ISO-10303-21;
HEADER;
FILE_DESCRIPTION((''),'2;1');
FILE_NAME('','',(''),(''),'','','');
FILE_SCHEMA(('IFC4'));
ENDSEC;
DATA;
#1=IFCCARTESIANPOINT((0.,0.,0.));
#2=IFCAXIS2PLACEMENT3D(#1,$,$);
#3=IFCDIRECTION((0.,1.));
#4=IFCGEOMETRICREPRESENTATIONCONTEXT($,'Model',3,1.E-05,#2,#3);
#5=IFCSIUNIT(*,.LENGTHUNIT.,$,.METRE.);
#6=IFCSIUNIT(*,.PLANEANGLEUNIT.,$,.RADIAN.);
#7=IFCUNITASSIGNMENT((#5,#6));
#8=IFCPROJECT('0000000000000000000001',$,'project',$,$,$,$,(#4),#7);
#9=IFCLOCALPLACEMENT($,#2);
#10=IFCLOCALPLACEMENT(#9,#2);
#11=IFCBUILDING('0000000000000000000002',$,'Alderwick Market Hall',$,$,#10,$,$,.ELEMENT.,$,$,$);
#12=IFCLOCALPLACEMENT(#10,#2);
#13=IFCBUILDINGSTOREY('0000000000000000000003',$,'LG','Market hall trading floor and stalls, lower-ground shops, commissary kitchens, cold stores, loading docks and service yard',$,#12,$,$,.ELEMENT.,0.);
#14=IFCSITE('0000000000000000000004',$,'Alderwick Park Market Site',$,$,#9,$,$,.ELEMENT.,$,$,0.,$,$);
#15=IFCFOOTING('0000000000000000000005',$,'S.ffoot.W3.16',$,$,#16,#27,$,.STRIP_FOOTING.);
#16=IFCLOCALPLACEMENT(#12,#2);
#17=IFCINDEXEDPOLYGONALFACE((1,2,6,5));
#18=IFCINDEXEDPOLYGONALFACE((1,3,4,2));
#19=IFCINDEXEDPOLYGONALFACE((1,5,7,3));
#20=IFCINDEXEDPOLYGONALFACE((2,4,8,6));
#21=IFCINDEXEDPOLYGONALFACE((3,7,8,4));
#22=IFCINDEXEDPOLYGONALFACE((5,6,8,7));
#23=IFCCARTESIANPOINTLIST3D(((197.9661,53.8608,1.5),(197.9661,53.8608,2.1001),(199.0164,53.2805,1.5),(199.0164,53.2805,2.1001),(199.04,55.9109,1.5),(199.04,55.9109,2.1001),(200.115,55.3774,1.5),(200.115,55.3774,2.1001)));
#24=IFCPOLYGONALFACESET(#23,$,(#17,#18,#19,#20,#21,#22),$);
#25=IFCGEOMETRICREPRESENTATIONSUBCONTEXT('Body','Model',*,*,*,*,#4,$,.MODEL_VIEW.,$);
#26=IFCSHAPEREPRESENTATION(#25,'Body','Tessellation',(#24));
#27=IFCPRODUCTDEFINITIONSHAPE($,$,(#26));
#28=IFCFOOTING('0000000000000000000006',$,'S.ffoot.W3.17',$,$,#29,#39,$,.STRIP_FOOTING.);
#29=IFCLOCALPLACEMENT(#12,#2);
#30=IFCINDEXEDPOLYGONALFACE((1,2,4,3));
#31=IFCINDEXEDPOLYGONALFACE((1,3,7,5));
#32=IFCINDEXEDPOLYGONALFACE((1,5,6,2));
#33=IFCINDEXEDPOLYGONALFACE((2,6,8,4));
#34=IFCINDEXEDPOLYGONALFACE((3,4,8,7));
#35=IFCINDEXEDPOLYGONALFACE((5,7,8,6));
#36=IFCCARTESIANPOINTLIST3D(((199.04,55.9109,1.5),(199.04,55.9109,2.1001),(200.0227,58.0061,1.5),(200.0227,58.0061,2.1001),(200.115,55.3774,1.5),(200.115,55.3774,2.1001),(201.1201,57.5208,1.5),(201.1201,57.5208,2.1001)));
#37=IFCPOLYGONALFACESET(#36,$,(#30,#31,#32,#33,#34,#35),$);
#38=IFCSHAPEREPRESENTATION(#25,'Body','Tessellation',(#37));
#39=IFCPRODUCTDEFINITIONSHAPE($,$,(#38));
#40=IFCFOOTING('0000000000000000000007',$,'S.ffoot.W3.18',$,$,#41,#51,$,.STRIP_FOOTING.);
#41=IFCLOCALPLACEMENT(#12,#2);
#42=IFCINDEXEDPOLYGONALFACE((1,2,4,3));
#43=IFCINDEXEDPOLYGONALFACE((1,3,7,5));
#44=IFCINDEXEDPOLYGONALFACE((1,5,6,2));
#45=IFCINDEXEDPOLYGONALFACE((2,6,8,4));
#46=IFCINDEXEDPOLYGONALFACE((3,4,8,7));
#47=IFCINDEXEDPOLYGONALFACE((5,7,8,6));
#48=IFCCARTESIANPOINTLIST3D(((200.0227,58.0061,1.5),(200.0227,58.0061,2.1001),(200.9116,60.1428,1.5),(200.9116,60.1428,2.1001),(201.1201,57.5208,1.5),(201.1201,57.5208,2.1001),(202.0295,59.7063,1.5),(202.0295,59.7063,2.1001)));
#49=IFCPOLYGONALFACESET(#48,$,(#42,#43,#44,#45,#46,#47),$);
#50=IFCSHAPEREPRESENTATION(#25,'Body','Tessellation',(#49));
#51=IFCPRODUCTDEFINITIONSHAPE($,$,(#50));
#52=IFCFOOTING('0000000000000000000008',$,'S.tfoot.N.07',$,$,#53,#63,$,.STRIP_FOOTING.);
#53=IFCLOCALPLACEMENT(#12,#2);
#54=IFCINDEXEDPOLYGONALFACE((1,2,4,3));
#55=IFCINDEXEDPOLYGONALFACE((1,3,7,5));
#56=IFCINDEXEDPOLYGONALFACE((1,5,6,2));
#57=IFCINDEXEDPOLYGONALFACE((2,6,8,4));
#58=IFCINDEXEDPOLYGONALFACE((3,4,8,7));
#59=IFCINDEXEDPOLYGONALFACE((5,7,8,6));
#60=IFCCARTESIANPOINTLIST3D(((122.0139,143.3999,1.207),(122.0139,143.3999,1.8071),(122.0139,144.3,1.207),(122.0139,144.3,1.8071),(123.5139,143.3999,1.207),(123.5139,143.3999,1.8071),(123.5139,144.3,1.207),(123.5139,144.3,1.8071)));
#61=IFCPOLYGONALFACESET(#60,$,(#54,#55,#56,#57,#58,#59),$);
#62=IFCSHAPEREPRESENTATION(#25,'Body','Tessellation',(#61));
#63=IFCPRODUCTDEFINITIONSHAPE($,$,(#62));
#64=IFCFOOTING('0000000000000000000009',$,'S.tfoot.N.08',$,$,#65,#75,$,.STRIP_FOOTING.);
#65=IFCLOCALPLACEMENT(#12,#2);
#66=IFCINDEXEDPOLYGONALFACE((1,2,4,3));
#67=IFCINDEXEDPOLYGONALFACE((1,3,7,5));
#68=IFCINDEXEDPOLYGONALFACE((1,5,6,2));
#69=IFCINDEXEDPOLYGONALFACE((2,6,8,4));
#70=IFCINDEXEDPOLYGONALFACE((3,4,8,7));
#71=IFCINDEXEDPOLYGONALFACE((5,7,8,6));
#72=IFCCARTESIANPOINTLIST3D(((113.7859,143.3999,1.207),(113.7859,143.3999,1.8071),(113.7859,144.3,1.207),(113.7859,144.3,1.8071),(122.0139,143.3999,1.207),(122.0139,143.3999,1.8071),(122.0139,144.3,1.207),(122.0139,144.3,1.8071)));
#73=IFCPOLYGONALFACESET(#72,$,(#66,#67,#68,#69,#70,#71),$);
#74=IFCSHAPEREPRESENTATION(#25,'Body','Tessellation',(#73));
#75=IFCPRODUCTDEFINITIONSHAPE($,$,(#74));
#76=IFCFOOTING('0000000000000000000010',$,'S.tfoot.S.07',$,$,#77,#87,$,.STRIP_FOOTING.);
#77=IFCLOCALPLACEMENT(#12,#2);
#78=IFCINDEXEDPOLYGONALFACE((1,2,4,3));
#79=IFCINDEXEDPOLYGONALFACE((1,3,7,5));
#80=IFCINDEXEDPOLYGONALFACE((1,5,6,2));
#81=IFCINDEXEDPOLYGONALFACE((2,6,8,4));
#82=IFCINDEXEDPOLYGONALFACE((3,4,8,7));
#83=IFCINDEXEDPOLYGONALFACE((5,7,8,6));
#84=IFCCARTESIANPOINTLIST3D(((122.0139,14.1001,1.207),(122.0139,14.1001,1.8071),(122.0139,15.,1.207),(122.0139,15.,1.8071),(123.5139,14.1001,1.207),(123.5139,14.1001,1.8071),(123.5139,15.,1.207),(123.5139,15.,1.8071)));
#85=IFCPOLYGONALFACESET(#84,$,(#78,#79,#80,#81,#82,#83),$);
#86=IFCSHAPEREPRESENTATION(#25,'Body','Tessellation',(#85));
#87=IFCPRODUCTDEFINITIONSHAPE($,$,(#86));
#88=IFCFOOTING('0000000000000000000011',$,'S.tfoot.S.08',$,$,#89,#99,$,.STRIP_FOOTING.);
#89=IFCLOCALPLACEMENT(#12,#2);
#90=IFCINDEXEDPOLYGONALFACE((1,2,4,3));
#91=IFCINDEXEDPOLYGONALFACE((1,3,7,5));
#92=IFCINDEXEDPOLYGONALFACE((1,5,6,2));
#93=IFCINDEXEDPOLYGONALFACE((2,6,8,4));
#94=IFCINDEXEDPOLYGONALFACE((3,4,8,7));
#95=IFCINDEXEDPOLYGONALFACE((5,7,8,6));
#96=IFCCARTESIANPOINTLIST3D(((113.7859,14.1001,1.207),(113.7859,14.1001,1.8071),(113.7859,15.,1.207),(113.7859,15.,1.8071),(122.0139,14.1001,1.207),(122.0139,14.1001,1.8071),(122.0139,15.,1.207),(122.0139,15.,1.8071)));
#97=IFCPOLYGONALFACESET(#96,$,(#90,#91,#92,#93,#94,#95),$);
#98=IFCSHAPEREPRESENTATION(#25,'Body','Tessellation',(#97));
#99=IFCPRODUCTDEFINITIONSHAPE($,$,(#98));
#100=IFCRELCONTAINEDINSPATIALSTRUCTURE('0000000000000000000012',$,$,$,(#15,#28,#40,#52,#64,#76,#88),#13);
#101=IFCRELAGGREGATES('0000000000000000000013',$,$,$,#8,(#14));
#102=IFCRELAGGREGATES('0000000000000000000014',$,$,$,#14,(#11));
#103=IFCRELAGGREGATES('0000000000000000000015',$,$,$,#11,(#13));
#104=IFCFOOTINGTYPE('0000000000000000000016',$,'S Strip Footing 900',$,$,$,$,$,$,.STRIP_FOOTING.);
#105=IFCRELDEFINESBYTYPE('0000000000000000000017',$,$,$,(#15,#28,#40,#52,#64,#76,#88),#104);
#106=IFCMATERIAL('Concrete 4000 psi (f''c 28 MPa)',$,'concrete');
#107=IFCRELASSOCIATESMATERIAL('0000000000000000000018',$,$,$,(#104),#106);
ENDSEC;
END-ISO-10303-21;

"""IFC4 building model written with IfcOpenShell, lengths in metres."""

from ifc_helpers import new_model, si_unit, direction, frame, origin, place, context, subcontext, project, spatial, polyline, outline, extrude, material, type_object, element, save


model = new_model("IFC4")

# Units and contexts
model_context = context("Model", 3, precision=1e-05, world=origin(), true_north=direction((0.0, 1.0)))
body_context = subcontext(model_context, "Body", "Model", "MODEL_VIEW")
ifc_project = project(units=[si_unit("LENGTHUNIT", "METRE"), si_unit("PLANEANGLEUNIT", "RADIAN")], contexts=[model_context])

# Site, building, storey
site_placement = place(None, origin())
site = spatial("IfcSite", under=ifc_project, at=site_placement, Name="Alderwick Park Market Site", CompositionType="ELEMENT", RefElevation=0.0)
building_placement = place(site_placement, origin())
building = spatial("IfcBuilding", under=site, at=building_placement, Name="Alderwick Market Hall", CompositionType="ELEMENT")
storey_placement = place(building_placement, origin())
storey = spatial("IfcBuildingStorey", under=building, at=storey_placement, Name="LG", Description="Market hall trading floor and stalls, lower-ground shops, commissary kitchens, cold stores, loading docks and service yard", CompositionType="ELEMENT", Elevation=0.0)

# Footings
ifc_material = material(Name="Concrete 4000 psi (f'c 28 MPa)", Category="concrete")
footing_type = type_object("IfcFootingType", Name="S Strip Footing 900", PredefinedType="STRIP_FOOTING", material=ifc_material)
footing_1_placement = place(storey_placement, frame((0.0, 0.0, 1.5)))
element("IfcFooting", 1, at=footing_1_placement, inside=storey, type_object=footing_type, Name="S.ffoot.W3.16", PredefinedType="STRIP_FOOTING", context=body_context, shape_type="SweptSolid", body=[
    extrude(outline(polyline([(199.0164, 53.2805), (200.115, 55.3774), (199.04, 55.9109), (197.9661, 53.8608), (199.0164, 53.2805)])), origin(), (0.0, 0.0, 1.0), 0.6001),
])
footing_2_placement = place(storey_placement, frame((0.0, 0.0, 1.5)))
element("IfcFooting", 2, at=footing_2_placement, inside=storey, type_object=footing_type, Name="S.ffoot.W3.17", PredefinedType="STRIP_FOOTING", context=body_context, shape_type="SweptSolid", body=[
    extrude(outline(polyline([(200.115, 55.3774), (201.1201, 57.5208), (200.0227, 58.0061), (199.04, 55.9109), (200.115, 55.3774)])), origin(), (0.0, 0.0, 1.0), 0.6001),
])
footing_3_placement = place(storey_placement, frame((0.0, 0.0, 1.5)))
element("IfcFooting", 3, at=footing_3_placement, inside=storey, type_object=footing_type, Name="S.ffoot.W3.18", PredefinedType="STRIP_FOOTING", context=body_context, shape_type="SweptSolid", body=[
    extrude(outline(polyline([(201.1201, 57.5208), (202.0295, 59.7063), (200.9116, 60.1428), (200.0227, 58.0061), (201.1201, 57.5208)])), origin(), (0.0, 0.0, 1.0), 0.6001),
])
footing_4_placement = place(storey_placement, frame((0.0, 0.0, 1.207)))
element("IfcFooting", 4, at=footing_4_placement, inside=storey, type_object=footing_type, Name="S.tfoot.N.07", PredefinedType="STRIP_FOOTING", context=body_context, shape_type="SweptSolid", body=[
    extrude(outline(polyline([(123.5139, 143.3999), (123.5139, 144.3), (122.0139, 144.3), (122.0139, 143.3999), (123.5139, 143.3999)])), origin(), (0.0, 0.0, 1.0), 0.6001),
])
footing_5_placement = place(storey_placement, frame((0.0, 0.0, 1.207)))
element("IfcFooting", 5, at=footing_5_placement, inside=storey, type_object=footing_type, Name="S.tfoot.N.08", PredefinedType="STRIP_FOOTING", context=body_context, shape_type="SweptSolid", body=[
    extrude(outline(polyline([(122.0139, 143.3999), (122.0139, 144.3), (113.7859, 144.3), (113.7859, 143.3999), (122.0139, 143.3999)])), origin(), (0.0, 0.0, 1.0), 0.6001),
])
footing_6_placement = place(storey_placement, frame((0.0, 0.0, 1.207)))
element("IfcFooting", 6, at=footing_6_placement, inside=storey, type_object=footing_type, Name="S.tfoot.S.07", PredefinedType="STRIP_FOOTING", context=body_context, shape_type="SweptSolid", body=[
    extrude(outline(polyline([(123.5139, 14.1001), (123.5139, 15.0), (122.0139, 15.0), (122.0139, 14.1001), (123.5139, 14.1001)])), origin(), (0.0, 0.0, 1.0), 0.6001),
])
footing_7_placement = place(storey_placement, frame((0.0, 0.0, 1.207)))
element("IfcFooting", 7, at=footing_7_placement, inside=storey, type_object=footing_type, Name="S.tfoot.S.08", PredefinedType="STRIP_FOOTING", context=body_context, shape_type="SweptSolid", body=[
    extrude(outline(polyline([(122.0139, 14.1001), (122.0139, 15.0), (113.7859, 15.0), (113.7859, 14.1001), (122.0139, 14.1001)])), origin(), (0.0, 0.0, 1.0), 0.6001),
])

save(model, "model.ifc")
